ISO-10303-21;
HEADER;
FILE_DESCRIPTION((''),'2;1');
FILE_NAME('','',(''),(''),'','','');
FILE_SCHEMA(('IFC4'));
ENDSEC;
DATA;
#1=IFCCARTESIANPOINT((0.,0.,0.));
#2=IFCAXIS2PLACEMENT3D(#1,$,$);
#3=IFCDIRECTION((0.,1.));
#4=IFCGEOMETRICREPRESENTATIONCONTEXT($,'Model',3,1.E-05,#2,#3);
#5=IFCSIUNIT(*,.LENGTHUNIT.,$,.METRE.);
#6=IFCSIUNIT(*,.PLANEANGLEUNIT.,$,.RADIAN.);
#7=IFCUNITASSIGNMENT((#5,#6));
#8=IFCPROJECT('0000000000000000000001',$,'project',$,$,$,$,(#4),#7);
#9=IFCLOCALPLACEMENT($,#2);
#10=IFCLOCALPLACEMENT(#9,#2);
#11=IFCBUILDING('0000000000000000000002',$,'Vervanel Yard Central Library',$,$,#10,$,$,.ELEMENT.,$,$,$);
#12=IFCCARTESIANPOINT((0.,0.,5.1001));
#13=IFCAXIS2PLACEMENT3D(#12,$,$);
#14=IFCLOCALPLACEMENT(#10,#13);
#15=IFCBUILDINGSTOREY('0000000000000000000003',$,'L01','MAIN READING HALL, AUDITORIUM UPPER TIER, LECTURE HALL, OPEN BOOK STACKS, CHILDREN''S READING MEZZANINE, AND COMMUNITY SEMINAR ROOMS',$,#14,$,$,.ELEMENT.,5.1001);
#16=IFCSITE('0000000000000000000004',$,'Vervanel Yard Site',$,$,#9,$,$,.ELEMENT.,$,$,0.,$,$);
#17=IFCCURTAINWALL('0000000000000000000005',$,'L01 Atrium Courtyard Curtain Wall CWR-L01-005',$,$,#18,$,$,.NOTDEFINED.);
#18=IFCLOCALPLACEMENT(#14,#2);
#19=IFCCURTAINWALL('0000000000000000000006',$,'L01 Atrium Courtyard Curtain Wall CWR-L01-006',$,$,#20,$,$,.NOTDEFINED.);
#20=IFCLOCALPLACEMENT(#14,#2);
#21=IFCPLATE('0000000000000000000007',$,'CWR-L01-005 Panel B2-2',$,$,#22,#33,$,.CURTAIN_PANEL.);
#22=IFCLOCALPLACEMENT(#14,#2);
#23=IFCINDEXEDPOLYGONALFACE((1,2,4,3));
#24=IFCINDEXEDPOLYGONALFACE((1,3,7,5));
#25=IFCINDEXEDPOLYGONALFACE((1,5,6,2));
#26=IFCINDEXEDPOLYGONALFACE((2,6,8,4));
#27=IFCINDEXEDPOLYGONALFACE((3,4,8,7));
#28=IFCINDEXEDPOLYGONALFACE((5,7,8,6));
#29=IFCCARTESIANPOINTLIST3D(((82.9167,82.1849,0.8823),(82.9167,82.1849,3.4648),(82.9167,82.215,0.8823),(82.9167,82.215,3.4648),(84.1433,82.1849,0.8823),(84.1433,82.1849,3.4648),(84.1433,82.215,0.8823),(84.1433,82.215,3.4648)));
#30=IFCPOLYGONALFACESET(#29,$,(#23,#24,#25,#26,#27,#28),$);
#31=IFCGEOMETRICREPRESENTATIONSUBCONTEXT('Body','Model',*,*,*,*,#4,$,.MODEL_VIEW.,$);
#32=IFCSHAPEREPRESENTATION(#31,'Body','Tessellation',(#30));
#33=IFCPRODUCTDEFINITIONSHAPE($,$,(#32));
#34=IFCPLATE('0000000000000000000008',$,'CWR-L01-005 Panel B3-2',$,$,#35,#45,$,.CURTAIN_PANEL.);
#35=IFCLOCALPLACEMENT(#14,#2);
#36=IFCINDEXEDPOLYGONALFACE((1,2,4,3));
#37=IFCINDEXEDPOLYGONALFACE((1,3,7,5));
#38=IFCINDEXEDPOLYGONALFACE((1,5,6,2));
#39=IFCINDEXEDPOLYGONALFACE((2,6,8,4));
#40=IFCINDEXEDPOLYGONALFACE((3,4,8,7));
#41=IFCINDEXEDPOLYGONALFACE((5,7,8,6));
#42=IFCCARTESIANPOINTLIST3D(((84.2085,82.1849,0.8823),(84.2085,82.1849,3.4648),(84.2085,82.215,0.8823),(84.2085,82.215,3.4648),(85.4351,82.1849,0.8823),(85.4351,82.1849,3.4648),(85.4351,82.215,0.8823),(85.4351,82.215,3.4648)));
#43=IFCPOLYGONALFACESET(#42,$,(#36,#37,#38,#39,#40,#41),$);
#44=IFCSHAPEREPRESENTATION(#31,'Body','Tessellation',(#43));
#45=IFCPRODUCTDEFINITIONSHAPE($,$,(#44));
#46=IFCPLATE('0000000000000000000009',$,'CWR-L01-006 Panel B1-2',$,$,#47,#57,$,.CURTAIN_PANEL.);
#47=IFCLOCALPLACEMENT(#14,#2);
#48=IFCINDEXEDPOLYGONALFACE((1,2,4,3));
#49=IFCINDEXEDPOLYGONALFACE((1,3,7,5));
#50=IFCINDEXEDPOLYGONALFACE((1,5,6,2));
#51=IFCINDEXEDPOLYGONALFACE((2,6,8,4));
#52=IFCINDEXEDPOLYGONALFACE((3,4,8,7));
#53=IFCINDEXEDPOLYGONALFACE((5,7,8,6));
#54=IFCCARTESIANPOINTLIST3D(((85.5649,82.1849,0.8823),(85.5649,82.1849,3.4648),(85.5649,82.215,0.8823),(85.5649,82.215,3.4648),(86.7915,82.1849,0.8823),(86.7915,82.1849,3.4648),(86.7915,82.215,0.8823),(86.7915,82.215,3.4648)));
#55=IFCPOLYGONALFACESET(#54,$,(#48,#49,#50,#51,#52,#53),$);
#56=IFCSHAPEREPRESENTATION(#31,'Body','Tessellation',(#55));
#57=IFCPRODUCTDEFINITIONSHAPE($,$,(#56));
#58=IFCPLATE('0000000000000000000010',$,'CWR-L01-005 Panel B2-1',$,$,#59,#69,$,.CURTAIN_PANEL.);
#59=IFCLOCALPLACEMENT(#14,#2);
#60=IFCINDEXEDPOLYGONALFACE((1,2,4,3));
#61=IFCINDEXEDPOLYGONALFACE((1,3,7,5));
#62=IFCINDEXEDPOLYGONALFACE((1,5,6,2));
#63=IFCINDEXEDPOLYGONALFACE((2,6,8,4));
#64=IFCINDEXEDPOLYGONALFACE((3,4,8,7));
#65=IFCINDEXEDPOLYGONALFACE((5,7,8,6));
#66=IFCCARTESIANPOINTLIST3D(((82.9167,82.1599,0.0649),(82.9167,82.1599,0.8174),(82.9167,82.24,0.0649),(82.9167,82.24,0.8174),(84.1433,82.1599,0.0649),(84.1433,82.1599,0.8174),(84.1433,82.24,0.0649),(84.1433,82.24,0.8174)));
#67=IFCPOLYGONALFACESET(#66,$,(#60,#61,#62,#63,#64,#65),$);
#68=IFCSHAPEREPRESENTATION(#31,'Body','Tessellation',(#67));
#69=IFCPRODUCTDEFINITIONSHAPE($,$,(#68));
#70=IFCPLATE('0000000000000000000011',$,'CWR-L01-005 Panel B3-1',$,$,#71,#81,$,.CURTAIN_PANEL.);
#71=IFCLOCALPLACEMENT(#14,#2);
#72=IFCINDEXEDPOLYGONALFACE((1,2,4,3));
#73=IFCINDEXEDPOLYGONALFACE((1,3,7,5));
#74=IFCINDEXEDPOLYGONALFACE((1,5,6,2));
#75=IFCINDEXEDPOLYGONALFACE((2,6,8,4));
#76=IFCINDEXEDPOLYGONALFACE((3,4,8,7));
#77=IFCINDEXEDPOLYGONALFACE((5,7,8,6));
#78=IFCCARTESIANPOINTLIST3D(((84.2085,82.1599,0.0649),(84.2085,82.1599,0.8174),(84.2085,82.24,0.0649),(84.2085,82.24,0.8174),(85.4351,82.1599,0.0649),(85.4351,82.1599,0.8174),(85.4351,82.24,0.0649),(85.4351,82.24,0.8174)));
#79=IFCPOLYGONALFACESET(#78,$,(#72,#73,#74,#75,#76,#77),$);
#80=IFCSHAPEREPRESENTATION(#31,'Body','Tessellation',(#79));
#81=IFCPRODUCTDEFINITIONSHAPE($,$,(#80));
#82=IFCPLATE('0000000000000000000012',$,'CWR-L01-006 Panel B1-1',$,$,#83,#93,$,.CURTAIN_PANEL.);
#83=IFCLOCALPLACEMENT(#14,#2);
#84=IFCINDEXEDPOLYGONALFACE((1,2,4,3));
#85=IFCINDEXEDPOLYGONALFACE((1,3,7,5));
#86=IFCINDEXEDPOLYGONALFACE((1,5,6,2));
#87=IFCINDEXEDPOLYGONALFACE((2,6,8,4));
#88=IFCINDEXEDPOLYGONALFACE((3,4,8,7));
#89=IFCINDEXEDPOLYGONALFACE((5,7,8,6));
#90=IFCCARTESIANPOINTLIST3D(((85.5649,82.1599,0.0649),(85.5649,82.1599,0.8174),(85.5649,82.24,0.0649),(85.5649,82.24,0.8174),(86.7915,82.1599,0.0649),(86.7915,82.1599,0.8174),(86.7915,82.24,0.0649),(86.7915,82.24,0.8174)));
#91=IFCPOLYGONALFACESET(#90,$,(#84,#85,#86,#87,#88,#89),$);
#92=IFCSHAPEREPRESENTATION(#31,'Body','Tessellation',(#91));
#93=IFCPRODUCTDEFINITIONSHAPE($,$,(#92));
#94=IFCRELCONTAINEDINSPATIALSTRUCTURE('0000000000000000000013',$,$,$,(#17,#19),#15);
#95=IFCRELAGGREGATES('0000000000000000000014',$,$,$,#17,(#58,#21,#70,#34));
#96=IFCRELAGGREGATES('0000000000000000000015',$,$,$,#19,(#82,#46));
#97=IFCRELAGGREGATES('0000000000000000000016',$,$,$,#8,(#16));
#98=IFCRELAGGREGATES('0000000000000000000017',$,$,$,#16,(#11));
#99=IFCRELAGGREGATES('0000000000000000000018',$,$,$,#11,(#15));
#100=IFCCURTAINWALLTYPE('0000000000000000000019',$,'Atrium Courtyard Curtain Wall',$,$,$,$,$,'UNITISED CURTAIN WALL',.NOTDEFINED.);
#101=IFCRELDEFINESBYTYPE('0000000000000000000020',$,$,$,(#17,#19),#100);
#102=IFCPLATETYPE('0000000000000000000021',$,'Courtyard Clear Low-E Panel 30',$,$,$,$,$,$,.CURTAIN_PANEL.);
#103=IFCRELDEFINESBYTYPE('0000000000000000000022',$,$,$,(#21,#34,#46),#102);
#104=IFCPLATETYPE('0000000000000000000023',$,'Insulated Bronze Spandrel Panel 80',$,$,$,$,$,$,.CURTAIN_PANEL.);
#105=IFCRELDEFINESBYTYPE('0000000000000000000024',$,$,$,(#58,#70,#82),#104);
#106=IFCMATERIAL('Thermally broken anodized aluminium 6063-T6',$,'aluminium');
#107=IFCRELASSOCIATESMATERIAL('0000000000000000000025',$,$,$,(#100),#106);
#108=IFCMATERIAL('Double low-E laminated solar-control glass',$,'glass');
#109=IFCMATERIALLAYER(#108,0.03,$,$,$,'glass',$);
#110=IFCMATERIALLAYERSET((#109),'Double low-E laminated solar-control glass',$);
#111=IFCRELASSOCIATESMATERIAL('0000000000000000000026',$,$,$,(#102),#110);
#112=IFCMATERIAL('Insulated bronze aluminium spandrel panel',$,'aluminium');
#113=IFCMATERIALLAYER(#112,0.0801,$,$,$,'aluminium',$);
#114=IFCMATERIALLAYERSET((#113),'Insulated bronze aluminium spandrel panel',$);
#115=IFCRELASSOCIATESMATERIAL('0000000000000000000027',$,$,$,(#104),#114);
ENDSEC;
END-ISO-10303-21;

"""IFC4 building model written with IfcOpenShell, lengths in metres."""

from ifc_helpers import new_model, si_unit, direction, frame, origin, origin_2d, place, context, subcontext, project, spatial, rectangle, extrude, material, layer, layer_set, type_object, element, aggregate, save


model = new_model("IFC4")

# Units and contexts
model_context = context("Model", 3, precision=1e-05, world=origin(), true_north=direction((0.0, 1.0)))
body_context = subcontext(model_context, "Body", "Model", "MODEL_VIEW")
ifc_project = project(units=[si_unit("LENGTHUNIT", "METRE"), si_unit("PLANEANGLEUNIT", "RADIAN")], contexts=[model_context])

# Site, building, storey
site_placement = place(None, origin())
site = spatial("IfcSite", under=ifc_project, at=site_placement, Name="Vervanel Yard Site", CompositionType="ELEMENT", RefElevation=0.0)
building_placement = place(site_placement, origin())
building = spatial("IfcBuilding", under=site, at=building_placement, Name="Vervanel Yard Central Library", CompositionType="ELEMENT")
storey_placement = place(building_placement, frame((0.0, 0.0, 5.1001)))
storey = spatial("IfcBuildingStorey", under=building, at=storey_placement, Name="L01", Description="MAIN READING HALL, AUDITORIUM UPPER TIER, LECTURE HALL, OPEN BOOK STACKS, CHILDREN'S READING MEZZANINE, AND COMMUNITY SEMINAR ROOMS", CompositionType="ELEMENT", Elevation=5.1001)

# Curtain walls
ifc_material_1 = material(Name="Thermally broken anodized aluminium 6063-T6", Category="aluminium")
curtain_wall_type = type_object("IfcCurtainWallType", Name="Atrium Courtyard Curtain Wall", ElementType="UNITISED CURTAIN WALL", PredefinedType="NOTDEFINED", material=ifc_material_1)
curtain_wall_1_placement = place(storey_placement, origin())
curtain_wall_1 = element("IfcCurtainWall", 1, at=curtain_wall_1_placement, inside=storey, type_object=curtain_wall_type, Name="L01 Atrium Courtyard Curtain Wall CWR-L01-005", PredefinedType="NOTDEFINED")
curtain_wall_2_placement = place(storey_placement, origin())
curtain_wall_2 = element("IfcCurtainWall", 2, at=curtain_wall_2_placement, inside=storey, type_object=curtain_wall_type, Name="L01 Atrium Courtyard Curtain Wall CWR-L01-006", PredefinedType="NOTDEFINED")

# Plates
ifc_material_2 = material(Name="Double low-E laminated solar-control glass", Category="glass")
ifc_layer_1 = layer(ifc_material_2, 0.03, Category="glass")
ifc_layer_set_1 = layer_set([ifc_layer_1], Name="Double low-E laminated solar-control glass")
plate_type_1 = type_object("IfcPlateType", Name="Courtyard Clear Low-E Panel 30", PredefinedType="CURTAIN_PANEL", material=ifc_layer_set_1)
plate_1_placement = place(storey_placement, frame((83.53, 82.2, 0.8823), z_axis=(0.0, 0.0, 1.0), x_axis=(1.0, 0.0, 0.0)))
plate_1 = element("IfcPlate", 3, at=plate_1_placement, type_object=plate_type_1, Name="CWR-L01-005 Panel B2-2", PredefinedType="CURTAIN_PANEL", context=body_context, shape_type="SweptSolid", body=[
    extrude(rectangle(XDim=1.2266, YDim=0.03, at=origin_2d()), origin(), (0.0, 0.0, 1.0), 2.5825),
])
plate_2_placement = place(storey_placement, frame((84.8218, 82.2, 0.8823), z_axis=(0.0, 0.0, 1.0), x_axis=(1.0, 0.0, 0.0)))
plate_2 = element("IfcPlate", 4, at=plate_2_placement, type_object=plate_type_1, Name="CWR-L01-005 Panel B3-2", PredefinedType="CURTAIN_PANEL", context=body_context, shape_type="SweptSolid", body=[
    extrude(rectangle(XDim=1.2266, YDim=0.03, at=origin_2d()), origin(), (0.0, 0.0, 1.0), 2.5825),
])
plate_3_placement = place(storey_placement, frame((86.1782, 82.2, 0.8823), z_axis=(0.0, 0.0, 1.0), x_axis=(1.0, 0.0, 0.0)))
plate_3 = element("IfcPlate", 5, at=plate_3_placement, type_object=plate_type_1, Name="CWR-L01-006 Panel B1-2", PredefinedType="CURTAIN_PANEL", context=body_context, shape_type="SweptSolid", body=[
    extrude(rectangle(XDim=1.2266, YDim=0.03, at=origin_2d()), origin(), (0.0, 0.0, 1.0), 2.5825),
])
ifc_material_3 = material(Name="Insulated bronze aluminium spandrel panel", Category="aluminium")
ifc_layer_2 = layer(ifc_material_3, 0.0801, Category="aluminium")
ifc_layer_set_2 = layer_set([ifc_layer_2], Name="Insulated bronze aluminium spandrel panel")
plate_type_2 = type_object("IfcPlateType", Name="Insulated Bronze Spandrel Panel 80", PredefinedType="CURTAIN_PANEL", material=ifc_layer_set_2)
plate_4_placement = place(storey_placement, frame((83.53, 82.2, 0.0649), z_axis=(0.0, 0.0, 1.0), x_axis=(1.0, 0.0, 0.0)))
plate_4 = element("IfcPlate", 6, at=plate_4_placement, type_object=plate_type_2, Name="CWR-L01-005 Panel B2-1", PredefinedType="CURTAIN_PANEL", context=body_context, shape_type="SweptSolid", body=[
    extrude(rectangle(XDim=1.2266, YDim=0.0801, at=origin_2d()), origin(), (0.0, 0.0, 1.0), 0.7524),
])
plate_5_placement = place(storey_placement, frame((84.8218, 82.2, 0.0649), z_axis=(0.0, 0.0, 1.0), x_axis=(1.0, 0.0, 0.0)))
plate_5 = element("IfcPlate", 7, at=plate_5_placement, type_object=plate_type_2, Name="CWR-L01-005 Panel B3-1", PredefinedType="CURTAIN_PANEL", context=body_context, shape_type="SweptSolid", body=[
    extrude(rectangle(XDim=1.2266, YDim=0.0801, at=origin_2d()), origin(), (0.0, 0.0, 1.0), 0.7524),
])
aggregate(curtain_wall_1, [plate_4, plate_1, plate_5, plate_2])
plate_6_placement = place(storey_placement, frame((86.1782, 82.2, 0.0649), z_axis=(0.0, 0.0, 1.0), x_axis=(1.0, 0.0, 0.0)))
plate_6 = element("IfcPlate", 8, at=plate_6_placement, type_object=plate_type_2, Name="CWR-L01-006 Panel B1-1", PredefinedType="CURTAIN_PANEL", context=body_context, shape_type="SweptSolid", body=[
    extrude(rectangle(XDim=1.2266, YDim=0.0801, at=origin_2d()), origin(), (0.0, 0.0, 1.0), 0.7524),
])
aggregate(curtain_wall_2, [plate_6, plate_3])

save(model, "model.ifc")
